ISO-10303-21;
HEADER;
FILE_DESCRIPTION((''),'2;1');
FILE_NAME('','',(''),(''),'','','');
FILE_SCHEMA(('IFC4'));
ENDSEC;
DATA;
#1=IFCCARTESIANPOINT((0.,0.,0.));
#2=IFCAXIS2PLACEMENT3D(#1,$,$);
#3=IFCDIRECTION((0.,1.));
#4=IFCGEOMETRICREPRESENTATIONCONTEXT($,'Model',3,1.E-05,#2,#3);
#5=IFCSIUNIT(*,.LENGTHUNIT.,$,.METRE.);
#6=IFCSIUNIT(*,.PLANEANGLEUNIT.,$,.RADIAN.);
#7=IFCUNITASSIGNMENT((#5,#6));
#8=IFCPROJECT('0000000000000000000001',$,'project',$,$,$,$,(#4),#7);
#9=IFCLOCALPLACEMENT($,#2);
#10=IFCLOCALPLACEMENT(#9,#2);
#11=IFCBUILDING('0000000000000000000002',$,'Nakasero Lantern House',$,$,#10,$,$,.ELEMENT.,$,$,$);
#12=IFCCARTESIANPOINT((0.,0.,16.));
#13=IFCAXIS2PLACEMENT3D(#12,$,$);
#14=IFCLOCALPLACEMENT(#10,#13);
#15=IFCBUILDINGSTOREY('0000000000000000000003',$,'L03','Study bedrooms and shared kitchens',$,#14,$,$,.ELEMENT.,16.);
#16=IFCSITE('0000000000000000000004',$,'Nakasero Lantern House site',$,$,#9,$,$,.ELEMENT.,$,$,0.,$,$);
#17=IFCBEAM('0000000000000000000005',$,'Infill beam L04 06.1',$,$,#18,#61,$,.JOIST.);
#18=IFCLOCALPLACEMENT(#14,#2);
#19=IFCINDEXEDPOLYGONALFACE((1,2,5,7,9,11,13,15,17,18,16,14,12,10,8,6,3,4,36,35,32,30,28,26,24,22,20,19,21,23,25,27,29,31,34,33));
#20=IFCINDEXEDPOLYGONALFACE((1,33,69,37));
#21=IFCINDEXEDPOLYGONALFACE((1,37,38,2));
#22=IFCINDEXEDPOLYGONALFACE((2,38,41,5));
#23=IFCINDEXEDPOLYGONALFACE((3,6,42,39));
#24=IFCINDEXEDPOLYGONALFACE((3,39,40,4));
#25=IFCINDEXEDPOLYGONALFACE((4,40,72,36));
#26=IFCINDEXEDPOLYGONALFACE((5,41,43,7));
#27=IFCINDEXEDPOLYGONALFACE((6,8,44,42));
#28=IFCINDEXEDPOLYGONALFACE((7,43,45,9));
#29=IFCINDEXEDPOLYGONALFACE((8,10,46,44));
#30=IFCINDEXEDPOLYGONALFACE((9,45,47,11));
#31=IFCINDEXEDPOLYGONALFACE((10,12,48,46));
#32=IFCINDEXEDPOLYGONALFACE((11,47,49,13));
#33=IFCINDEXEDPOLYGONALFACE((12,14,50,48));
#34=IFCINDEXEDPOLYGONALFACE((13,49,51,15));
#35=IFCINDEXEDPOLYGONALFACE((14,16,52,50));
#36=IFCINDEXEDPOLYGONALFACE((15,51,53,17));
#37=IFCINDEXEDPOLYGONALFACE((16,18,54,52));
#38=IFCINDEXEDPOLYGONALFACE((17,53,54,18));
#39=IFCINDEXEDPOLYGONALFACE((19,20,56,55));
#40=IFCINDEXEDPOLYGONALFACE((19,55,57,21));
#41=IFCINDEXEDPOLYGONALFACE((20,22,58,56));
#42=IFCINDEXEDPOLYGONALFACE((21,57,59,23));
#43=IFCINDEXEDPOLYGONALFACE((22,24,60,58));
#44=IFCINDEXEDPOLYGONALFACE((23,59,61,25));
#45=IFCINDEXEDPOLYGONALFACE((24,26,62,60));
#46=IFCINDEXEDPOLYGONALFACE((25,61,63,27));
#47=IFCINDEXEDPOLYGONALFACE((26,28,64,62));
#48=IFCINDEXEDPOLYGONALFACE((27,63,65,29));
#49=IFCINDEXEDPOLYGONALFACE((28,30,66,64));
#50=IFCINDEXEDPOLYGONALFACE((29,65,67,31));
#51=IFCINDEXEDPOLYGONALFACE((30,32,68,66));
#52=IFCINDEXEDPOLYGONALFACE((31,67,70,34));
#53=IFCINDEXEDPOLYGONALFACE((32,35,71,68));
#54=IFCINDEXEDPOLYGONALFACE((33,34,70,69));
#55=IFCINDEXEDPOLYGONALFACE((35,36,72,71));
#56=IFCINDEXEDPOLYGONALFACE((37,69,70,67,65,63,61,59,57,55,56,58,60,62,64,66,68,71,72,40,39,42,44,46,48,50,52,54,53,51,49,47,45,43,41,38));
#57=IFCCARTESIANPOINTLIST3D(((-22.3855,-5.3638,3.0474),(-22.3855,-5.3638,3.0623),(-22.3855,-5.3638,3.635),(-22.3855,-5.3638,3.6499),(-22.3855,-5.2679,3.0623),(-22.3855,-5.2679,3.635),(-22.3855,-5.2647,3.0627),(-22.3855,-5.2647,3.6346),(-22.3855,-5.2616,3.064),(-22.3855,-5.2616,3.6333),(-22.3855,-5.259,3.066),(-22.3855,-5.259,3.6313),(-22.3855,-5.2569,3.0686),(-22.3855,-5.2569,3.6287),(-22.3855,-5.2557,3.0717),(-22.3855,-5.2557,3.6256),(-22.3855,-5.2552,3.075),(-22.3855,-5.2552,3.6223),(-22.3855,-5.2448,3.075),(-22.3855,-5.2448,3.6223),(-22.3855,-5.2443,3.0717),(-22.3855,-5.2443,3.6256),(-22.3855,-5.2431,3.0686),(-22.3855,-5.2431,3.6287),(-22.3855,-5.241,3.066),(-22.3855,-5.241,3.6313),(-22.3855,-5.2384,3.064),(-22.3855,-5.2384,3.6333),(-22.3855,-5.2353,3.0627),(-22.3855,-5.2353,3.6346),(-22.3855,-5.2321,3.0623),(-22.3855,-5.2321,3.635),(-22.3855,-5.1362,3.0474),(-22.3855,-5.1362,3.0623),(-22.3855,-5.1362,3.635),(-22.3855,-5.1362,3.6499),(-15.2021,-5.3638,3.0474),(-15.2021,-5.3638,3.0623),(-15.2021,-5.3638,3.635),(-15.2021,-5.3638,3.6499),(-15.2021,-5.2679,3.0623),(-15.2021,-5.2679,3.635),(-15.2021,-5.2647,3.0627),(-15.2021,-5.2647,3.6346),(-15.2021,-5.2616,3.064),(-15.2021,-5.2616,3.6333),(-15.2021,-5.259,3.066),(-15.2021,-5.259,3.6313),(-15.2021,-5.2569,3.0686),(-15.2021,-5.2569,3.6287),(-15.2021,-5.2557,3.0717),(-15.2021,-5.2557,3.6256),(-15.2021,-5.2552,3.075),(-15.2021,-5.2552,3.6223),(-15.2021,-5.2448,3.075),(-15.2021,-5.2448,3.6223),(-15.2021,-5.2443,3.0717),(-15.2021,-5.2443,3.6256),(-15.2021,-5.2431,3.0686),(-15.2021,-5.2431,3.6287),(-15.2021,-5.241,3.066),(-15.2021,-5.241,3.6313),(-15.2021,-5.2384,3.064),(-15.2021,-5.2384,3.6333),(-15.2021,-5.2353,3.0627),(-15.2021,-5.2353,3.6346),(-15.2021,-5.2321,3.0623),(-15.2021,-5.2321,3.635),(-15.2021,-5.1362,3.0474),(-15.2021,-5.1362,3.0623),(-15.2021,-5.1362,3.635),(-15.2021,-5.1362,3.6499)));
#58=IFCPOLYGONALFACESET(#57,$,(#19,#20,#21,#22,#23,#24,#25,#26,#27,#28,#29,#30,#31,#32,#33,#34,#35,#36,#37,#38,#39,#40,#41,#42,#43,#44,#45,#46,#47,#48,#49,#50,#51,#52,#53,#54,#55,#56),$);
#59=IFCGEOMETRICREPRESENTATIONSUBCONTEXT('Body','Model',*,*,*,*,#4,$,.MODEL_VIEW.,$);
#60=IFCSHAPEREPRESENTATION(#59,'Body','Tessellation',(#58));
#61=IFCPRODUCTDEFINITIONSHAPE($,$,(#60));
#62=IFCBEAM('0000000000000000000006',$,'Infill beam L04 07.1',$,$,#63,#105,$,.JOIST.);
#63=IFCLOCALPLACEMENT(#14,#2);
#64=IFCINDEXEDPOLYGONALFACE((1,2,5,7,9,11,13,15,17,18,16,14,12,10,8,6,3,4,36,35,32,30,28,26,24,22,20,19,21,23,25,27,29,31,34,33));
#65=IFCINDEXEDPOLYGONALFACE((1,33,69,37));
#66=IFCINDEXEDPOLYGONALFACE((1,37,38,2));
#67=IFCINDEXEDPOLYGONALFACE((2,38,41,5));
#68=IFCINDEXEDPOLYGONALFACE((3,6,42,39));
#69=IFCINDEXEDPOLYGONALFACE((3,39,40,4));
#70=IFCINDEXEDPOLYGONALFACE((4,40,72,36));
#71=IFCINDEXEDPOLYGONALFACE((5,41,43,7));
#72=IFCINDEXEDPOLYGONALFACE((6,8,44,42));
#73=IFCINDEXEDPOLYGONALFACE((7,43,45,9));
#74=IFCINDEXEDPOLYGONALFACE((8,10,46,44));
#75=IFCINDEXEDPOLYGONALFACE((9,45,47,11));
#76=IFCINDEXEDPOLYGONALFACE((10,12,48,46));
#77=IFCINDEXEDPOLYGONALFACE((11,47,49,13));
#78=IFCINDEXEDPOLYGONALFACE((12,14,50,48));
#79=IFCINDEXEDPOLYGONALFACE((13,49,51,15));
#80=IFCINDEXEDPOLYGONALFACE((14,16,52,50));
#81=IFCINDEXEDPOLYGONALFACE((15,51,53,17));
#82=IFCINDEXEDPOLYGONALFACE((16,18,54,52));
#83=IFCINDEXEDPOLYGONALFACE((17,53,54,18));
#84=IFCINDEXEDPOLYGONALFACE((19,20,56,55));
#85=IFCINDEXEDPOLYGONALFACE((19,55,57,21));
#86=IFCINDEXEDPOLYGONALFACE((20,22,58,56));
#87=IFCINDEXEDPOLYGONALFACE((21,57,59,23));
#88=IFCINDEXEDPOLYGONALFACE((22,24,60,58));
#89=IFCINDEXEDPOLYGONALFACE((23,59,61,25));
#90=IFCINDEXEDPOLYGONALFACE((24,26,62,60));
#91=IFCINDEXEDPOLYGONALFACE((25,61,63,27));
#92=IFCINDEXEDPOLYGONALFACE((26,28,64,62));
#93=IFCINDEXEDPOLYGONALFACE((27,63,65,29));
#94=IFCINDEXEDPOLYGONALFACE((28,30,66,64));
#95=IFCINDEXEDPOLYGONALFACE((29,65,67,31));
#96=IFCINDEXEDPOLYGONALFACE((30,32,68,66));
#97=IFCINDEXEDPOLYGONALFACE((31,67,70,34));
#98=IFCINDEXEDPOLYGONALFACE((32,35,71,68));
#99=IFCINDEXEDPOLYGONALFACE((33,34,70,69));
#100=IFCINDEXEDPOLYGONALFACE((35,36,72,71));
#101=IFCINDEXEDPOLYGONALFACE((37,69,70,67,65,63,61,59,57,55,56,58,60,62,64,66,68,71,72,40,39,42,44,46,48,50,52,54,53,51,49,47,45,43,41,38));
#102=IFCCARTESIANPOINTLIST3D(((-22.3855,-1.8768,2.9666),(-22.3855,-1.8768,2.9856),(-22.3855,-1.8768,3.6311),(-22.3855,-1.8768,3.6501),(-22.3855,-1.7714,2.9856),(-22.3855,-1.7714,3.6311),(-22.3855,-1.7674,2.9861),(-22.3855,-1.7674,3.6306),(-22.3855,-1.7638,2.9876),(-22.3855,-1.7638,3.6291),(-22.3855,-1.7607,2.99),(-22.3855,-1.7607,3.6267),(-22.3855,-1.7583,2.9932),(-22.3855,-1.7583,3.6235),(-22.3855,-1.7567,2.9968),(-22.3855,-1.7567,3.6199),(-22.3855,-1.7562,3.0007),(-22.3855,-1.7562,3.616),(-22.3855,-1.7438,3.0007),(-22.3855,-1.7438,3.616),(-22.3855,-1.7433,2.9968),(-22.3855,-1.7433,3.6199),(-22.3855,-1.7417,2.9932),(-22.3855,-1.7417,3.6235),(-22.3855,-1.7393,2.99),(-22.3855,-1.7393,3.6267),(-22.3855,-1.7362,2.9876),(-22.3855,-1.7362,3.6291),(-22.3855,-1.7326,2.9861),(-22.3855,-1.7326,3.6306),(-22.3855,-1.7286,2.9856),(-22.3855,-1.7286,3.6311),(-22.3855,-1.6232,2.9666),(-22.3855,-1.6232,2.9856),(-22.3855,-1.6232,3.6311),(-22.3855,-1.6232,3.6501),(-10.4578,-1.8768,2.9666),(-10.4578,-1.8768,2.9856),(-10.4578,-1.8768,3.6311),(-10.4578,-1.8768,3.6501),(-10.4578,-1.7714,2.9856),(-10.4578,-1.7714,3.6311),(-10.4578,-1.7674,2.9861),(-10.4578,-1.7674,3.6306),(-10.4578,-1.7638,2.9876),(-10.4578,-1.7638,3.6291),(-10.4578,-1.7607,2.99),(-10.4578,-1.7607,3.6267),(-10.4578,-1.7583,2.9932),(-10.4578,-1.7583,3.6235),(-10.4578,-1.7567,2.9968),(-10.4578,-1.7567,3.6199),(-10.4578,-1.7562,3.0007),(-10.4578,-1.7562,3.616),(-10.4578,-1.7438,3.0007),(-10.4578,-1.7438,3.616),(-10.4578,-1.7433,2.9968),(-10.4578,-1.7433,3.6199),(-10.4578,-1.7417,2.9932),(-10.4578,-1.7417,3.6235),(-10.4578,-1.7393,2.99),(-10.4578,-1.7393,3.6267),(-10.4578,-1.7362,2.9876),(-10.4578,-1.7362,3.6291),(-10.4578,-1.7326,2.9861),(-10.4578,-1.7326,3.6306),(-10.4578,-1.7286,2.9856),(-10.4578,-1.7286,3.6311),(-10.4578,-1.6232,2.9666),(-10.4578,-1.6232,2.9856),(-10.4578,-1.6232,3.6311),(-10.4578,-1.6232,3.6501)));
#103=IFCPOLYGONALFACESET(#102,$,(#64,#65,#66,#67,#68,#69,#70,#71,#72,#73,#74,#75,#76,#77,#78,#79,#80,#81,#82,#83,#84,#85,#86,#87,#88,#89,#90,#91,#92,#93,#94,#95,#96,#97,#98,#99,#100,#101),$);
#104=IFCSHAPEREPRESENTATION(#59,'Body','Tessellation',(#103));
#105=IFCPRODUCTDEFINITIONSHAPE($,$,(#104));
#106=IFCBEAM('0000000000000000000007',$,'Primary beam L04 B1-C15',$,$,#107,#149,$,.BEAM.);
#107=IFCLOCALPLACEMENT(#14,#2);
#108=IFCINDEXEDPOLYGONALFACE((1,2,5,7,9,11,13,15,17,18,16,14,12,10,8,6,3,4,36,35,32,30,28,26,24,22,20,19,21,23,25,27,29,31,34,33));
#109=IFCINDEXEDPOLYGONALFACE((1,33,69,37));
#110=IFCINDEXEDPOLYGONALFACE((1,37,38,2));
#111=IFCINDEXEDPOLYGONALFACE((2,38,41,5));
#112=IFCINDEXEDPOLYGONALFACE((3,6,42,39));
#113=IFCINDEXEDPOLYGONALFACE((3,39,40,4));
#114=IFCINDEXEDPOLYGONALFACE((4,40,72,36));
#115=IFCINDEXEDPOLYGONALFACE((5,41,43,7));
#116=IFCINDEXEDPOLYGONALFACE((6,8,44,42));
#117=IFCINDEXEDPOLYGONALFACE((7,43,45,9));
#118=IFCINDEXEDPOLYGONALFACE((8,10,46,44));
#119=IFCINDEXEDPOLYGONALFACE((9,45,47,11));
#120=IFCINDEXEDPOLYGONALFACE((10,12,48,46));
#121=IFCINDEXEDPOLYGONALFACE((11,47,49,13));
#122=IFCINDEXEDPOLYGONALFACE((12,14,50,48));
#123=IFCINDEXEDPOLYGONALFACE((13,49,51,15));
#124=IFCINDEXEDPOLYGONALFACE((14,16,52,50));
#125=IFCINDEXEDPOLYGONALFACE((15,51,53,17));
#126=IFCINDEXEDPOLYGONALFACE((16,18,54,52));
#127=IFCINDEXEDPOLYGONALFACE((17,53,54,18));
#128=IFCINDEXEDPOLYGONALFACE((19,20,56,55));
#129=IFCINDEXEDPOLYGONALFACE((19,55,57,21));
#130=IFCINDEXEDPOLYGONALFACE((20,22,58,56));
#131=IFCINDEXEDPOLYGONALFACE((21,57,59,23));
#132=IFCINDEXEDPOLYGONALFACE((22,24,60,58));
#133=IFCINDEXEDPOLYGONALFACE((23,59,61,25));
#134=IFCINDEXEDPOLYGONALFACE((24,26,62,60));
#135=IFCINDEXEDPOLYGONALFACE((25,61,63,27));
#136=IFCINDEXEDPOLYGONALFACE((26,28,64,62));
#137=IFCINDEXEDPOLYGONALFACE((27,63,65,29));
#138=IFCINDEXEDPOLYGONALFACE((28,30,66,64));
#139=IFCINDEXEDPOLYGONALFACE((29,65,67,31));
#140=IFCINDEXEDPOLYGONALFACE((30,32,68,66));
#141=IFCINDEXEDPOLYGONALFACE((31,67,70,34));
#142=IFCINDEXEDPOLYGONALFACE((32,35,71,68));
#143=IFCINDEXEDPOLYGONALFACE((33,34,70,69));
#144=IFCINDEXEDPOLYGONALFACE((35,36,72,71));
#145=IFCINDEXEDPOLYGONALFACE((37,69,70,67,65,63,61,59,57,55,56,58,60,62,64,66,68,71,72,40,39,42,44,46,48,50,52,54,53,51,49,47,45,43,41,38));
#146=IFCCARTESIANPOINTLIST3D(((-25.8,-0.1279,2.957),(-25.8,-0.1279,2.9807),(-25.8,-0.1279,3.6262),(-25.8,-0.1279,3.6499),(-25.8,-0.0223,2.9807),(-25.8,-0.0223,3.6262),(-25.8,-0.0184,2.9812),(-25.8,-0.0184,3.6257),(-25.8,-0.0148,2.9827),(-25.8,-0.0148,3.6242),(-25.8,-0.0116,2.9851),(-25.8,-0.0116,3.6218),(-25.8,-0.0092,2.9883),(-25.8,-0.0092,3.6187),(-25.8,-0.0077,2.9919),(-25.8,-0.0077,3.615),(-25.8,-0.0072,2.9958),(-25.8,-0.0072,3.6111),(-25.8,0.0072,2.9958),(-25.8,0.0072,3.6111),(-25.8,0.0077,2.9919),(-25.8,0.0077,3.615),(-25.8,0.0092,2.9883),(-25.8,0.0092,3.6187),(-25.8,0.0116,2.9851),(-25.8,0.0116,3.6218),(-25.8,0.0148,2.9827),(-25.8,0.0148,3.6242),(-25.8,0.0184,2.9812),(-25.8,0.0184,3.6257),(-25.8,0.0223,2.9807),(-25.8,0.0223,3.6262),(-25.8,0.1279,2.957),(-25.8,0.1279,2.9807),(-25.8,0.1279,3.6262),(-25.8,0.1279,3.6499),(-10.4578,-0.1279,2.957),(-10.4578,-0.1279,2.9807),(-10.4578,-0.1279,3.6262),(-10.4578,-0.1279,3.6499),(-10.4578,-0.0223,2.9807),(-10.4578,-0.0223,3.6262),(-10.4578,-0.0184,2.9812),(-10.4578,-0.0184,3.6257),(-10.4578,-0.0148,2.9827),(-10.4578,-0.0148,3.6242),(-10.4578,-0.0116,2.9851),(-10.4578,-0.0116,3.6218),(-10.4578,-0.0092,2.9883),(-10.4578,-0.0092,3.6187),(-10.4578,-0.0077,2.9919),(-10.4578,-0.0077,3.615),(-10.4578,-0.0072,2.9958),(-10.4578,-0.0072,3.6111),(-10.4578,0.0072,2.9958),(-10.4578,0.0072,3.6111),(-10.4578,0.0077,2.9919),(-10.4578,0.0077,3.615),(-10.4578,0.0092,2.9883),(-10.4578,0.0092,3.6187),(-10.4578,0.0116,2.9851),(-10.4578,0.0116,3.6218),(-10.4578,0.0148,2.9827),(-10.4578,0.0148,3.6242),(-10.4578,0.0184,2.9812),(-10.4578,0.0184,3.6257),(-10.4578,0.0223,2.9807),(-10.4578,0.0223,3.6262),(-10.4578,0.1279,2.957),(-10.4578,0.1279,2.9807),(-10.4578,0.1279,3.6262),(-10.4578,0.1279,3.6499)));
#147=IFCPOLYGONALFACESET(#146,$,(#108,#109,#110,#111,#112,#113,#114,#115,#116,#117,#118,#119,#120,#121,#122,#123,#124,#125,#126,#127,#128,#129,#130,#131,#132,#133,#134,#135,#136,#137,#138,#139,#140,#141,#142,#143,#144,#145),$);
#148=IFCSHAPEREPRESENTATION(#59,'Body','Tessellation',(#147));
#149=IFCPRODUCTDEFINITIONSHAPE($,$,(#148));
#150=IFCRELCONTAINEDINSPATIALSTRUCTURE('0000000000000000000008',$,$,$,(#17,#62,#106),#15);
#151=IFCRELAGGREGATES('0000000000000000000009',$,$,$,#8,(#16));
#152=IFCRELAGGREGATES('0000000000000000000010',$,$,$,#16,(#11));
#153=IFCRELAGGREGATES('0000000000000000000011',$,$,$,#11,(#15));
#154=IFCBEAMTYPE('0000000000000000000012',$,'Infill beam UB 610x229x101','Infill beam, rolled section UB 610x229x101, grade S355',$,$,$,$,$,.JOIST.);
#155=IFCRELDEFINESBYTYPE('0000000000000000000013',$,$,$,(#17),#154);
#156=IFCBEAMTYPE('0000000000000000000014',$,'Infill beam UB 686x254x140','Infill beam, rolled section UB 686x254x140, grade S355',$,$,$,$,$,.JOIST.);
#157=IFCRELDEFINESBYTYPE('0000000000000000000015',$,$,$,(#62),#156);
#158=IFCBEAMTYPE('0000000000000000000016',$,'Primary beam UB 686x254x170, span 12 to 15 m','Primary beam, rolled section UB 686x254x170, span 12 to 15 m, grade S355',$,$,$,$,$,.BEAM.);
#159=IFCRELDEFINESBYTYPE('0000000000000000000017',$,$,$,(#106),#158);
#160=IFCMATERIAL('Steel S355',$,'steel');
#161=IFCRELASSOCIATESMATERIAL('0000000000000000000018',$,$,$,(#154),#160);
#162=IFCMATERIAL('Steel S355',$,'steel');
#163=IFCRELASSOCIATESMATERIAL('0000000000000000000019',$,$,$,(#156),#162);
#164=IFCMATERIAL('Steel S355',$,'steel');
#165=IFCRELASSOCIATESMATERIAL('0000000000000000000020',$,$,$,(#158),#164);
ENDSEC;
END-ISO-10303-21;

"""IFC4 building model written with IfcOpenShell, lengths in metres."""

from ifc_helpers import new_model, si_unit, direction, frame, origin, origin_2d, place, context, subcontext, project, spatial, i_section, extrude, material, material_profile, profile_set, type_object, element, save


model = new_model("IFC4")

# Units and contexts
model_context = context("Model", 3, precision=1e-05, world=origin(), true_north=direction((0.0, 1.0)))
body_context = subcontext(model_context, "Body", "Model", "MODEL_VIEW")
ifc_project = project(units=[si_unit("LENGTHUNIT", "METRE"), si_unit("PLANEANGLEUNIT", "RADIAN")], contexts=[model_context])

# Site, building, storey
site_placement = place(None, origin())
site = spatial("IfcSite", under=ifc_project, at=site_placement, Name="Nakasero Lantern House site", CompositionType="ELEMENT", RefElevation=0.0)
building_placement = place(site_placement, origin())
building = spatial("IfcBuilding", under=site, at=building_placement, Name="Nakasero Lantern House", CompositionType="ELEMENT")
storey_placement = place(building_placement, frame((0.0, 0.0, 16.0)))
storey = spatial("IfcBuildingStorey", under=building, at=storey_placement, Name="L03", Description="Study bedrooms and shared kitchens", CompositionType="ELEMENT", Elevation=16.0)

# Beams
ifc_material_1 = material(Name="Steel S355", Category="steel")
ifc_material_profile_1 = material_profile(ifc_material_1, i_section(OverallWidth=0.2275, OverallDepth=0.6025, WebThickness=0.0105, FlangeThickness=0.0149, FilletRadius=0.0127, at=origin_2d()), Name="UB 610x229x101")
ifc_profile_set_1 = profile_set([ifc_material_profile_1], Name="Steel S355")
beam_type_1 = type_object("IfcBeamType", Name="Infill beam UB 610x229x101", Description="Infill beam, rolled section UB 610x229x101, grade S355", PredefinedType="JOIST", material=ifc_profile_set_1)
beam_1_placement = place(storey_placement, frame((-22.3855, -5.25, 3.3486), z_axis=(1.0, 0.0, 0.0), x_axis=(0.0, 1.0, 0.0)))
element("IfcBeam", 1, at=beam_1_placement, inside=storey, type_object=beam_type_1, Name="Infill beam L04 06.1", PredefinedType="JOIST", context=body_context, shape_type="SweptSolid", body=[
    extrude(i_section(OverallWidth=0.2275, OverallDepth=0.6025, WebThickness=0.0105, FlangeThickness=0.0149, FilletRadius=0.0127, at=origin_2d()), origin(), (0.0, 0.0, 1.0), 7.1833),
])
ifc_material_2 = material(Name="Steel S355", Category="steel")
ifc_material_profile_2 = material_profile(ifc_material_2, i_section(OverallWidth=0.2537, OverallDepth=0.6836, WebThickness=0.0125, FlangeThickness=0.019, FilletRadius=0.0151, at=origin_2d()), Name="UB 686x254x140")
ifc_profile_set_2 = profile_set([ifc_material_profile_2], Name="Steel S355")
beam_type_2 = type_object("IfcBeamType", Name="Infill beam UB 686x254x140", Description="Infill beam, rolled section UB 686x254x140, grade S355", PredefinedType="JOIST", material=ifc_profile_set_2)
beam_2_placement = place(storey_placement, frame((-22.3855, -1.75, 3.3083), z_axis=(1.0, 0.0, 0.0), x_axis=(0.0, 1.0, 0.0)))
element("IfcBeam", 2, at=beam_2_placement, inside=storey, type_object=beam_type_2, Name="Infill beam L04 07.1", PredefinedType="JOIST", context=body_context, shape_type="SweptSolid", body=[
    extrude(i_section(OverallWidth=0.2537, OverallDepth=0.6836, WebThickness=0.0125, FlangeThickness=0.019, FilletRadius=0.0151, at=origin_2d()), origin(), (0.0, 0.0, 1.0), 11.9277),
])
ifc_material_3 = material(Name="Steel S355", Category="steel")
ifc_material_profile_3 = material_profile(ifc_material_3, i_section(OverallWidth=0.2559, OverallDepth=0.6929, WebThickness=0.0144, FlangeThickness=0.0237, FilletRadius=0.0151, at=origin_2d()), Name="UB 686x254x170")
ifc_profile_set_3 = profile_set([ifc_material_profile_3], Name="Steel S355")
beam_type_3 = type_object("IfcBeamType", Name="Primary beam UB 686x254x170, span 12 to 15 m", Description="Primary beam, rolled section UB 686x254x170, span 12 to 15 m, grade S355", PredefinedType="BEAM", material=ifc_profile_set_3)
beam_3_placement = place(storey_placement, frame((-25.8, 0.0, 3.3035), z_axis=(1.0, 0.0, 0.0), x_axis=(0.0, 1.0, 0.0)))
element("IfcBeam", 3, at=beam_3_placement, inside=storey, type_object=beam_type_3, Name="Primary beam L04 B1-C15", PredefinedType="BEAM", context=body_context, shape_type="SweptSolid", body=[
    extrude(i_section(OverallWidth=0.2559, OverallDepth=0.6929, WebThickness=0.0144, FlangeThickness=0.0237, FilletRadius=0.0151, at=origin_2d()), origin(), (0.0, 0.0, 1.0), 15.3423),
])

save(model, "model.ifc")
